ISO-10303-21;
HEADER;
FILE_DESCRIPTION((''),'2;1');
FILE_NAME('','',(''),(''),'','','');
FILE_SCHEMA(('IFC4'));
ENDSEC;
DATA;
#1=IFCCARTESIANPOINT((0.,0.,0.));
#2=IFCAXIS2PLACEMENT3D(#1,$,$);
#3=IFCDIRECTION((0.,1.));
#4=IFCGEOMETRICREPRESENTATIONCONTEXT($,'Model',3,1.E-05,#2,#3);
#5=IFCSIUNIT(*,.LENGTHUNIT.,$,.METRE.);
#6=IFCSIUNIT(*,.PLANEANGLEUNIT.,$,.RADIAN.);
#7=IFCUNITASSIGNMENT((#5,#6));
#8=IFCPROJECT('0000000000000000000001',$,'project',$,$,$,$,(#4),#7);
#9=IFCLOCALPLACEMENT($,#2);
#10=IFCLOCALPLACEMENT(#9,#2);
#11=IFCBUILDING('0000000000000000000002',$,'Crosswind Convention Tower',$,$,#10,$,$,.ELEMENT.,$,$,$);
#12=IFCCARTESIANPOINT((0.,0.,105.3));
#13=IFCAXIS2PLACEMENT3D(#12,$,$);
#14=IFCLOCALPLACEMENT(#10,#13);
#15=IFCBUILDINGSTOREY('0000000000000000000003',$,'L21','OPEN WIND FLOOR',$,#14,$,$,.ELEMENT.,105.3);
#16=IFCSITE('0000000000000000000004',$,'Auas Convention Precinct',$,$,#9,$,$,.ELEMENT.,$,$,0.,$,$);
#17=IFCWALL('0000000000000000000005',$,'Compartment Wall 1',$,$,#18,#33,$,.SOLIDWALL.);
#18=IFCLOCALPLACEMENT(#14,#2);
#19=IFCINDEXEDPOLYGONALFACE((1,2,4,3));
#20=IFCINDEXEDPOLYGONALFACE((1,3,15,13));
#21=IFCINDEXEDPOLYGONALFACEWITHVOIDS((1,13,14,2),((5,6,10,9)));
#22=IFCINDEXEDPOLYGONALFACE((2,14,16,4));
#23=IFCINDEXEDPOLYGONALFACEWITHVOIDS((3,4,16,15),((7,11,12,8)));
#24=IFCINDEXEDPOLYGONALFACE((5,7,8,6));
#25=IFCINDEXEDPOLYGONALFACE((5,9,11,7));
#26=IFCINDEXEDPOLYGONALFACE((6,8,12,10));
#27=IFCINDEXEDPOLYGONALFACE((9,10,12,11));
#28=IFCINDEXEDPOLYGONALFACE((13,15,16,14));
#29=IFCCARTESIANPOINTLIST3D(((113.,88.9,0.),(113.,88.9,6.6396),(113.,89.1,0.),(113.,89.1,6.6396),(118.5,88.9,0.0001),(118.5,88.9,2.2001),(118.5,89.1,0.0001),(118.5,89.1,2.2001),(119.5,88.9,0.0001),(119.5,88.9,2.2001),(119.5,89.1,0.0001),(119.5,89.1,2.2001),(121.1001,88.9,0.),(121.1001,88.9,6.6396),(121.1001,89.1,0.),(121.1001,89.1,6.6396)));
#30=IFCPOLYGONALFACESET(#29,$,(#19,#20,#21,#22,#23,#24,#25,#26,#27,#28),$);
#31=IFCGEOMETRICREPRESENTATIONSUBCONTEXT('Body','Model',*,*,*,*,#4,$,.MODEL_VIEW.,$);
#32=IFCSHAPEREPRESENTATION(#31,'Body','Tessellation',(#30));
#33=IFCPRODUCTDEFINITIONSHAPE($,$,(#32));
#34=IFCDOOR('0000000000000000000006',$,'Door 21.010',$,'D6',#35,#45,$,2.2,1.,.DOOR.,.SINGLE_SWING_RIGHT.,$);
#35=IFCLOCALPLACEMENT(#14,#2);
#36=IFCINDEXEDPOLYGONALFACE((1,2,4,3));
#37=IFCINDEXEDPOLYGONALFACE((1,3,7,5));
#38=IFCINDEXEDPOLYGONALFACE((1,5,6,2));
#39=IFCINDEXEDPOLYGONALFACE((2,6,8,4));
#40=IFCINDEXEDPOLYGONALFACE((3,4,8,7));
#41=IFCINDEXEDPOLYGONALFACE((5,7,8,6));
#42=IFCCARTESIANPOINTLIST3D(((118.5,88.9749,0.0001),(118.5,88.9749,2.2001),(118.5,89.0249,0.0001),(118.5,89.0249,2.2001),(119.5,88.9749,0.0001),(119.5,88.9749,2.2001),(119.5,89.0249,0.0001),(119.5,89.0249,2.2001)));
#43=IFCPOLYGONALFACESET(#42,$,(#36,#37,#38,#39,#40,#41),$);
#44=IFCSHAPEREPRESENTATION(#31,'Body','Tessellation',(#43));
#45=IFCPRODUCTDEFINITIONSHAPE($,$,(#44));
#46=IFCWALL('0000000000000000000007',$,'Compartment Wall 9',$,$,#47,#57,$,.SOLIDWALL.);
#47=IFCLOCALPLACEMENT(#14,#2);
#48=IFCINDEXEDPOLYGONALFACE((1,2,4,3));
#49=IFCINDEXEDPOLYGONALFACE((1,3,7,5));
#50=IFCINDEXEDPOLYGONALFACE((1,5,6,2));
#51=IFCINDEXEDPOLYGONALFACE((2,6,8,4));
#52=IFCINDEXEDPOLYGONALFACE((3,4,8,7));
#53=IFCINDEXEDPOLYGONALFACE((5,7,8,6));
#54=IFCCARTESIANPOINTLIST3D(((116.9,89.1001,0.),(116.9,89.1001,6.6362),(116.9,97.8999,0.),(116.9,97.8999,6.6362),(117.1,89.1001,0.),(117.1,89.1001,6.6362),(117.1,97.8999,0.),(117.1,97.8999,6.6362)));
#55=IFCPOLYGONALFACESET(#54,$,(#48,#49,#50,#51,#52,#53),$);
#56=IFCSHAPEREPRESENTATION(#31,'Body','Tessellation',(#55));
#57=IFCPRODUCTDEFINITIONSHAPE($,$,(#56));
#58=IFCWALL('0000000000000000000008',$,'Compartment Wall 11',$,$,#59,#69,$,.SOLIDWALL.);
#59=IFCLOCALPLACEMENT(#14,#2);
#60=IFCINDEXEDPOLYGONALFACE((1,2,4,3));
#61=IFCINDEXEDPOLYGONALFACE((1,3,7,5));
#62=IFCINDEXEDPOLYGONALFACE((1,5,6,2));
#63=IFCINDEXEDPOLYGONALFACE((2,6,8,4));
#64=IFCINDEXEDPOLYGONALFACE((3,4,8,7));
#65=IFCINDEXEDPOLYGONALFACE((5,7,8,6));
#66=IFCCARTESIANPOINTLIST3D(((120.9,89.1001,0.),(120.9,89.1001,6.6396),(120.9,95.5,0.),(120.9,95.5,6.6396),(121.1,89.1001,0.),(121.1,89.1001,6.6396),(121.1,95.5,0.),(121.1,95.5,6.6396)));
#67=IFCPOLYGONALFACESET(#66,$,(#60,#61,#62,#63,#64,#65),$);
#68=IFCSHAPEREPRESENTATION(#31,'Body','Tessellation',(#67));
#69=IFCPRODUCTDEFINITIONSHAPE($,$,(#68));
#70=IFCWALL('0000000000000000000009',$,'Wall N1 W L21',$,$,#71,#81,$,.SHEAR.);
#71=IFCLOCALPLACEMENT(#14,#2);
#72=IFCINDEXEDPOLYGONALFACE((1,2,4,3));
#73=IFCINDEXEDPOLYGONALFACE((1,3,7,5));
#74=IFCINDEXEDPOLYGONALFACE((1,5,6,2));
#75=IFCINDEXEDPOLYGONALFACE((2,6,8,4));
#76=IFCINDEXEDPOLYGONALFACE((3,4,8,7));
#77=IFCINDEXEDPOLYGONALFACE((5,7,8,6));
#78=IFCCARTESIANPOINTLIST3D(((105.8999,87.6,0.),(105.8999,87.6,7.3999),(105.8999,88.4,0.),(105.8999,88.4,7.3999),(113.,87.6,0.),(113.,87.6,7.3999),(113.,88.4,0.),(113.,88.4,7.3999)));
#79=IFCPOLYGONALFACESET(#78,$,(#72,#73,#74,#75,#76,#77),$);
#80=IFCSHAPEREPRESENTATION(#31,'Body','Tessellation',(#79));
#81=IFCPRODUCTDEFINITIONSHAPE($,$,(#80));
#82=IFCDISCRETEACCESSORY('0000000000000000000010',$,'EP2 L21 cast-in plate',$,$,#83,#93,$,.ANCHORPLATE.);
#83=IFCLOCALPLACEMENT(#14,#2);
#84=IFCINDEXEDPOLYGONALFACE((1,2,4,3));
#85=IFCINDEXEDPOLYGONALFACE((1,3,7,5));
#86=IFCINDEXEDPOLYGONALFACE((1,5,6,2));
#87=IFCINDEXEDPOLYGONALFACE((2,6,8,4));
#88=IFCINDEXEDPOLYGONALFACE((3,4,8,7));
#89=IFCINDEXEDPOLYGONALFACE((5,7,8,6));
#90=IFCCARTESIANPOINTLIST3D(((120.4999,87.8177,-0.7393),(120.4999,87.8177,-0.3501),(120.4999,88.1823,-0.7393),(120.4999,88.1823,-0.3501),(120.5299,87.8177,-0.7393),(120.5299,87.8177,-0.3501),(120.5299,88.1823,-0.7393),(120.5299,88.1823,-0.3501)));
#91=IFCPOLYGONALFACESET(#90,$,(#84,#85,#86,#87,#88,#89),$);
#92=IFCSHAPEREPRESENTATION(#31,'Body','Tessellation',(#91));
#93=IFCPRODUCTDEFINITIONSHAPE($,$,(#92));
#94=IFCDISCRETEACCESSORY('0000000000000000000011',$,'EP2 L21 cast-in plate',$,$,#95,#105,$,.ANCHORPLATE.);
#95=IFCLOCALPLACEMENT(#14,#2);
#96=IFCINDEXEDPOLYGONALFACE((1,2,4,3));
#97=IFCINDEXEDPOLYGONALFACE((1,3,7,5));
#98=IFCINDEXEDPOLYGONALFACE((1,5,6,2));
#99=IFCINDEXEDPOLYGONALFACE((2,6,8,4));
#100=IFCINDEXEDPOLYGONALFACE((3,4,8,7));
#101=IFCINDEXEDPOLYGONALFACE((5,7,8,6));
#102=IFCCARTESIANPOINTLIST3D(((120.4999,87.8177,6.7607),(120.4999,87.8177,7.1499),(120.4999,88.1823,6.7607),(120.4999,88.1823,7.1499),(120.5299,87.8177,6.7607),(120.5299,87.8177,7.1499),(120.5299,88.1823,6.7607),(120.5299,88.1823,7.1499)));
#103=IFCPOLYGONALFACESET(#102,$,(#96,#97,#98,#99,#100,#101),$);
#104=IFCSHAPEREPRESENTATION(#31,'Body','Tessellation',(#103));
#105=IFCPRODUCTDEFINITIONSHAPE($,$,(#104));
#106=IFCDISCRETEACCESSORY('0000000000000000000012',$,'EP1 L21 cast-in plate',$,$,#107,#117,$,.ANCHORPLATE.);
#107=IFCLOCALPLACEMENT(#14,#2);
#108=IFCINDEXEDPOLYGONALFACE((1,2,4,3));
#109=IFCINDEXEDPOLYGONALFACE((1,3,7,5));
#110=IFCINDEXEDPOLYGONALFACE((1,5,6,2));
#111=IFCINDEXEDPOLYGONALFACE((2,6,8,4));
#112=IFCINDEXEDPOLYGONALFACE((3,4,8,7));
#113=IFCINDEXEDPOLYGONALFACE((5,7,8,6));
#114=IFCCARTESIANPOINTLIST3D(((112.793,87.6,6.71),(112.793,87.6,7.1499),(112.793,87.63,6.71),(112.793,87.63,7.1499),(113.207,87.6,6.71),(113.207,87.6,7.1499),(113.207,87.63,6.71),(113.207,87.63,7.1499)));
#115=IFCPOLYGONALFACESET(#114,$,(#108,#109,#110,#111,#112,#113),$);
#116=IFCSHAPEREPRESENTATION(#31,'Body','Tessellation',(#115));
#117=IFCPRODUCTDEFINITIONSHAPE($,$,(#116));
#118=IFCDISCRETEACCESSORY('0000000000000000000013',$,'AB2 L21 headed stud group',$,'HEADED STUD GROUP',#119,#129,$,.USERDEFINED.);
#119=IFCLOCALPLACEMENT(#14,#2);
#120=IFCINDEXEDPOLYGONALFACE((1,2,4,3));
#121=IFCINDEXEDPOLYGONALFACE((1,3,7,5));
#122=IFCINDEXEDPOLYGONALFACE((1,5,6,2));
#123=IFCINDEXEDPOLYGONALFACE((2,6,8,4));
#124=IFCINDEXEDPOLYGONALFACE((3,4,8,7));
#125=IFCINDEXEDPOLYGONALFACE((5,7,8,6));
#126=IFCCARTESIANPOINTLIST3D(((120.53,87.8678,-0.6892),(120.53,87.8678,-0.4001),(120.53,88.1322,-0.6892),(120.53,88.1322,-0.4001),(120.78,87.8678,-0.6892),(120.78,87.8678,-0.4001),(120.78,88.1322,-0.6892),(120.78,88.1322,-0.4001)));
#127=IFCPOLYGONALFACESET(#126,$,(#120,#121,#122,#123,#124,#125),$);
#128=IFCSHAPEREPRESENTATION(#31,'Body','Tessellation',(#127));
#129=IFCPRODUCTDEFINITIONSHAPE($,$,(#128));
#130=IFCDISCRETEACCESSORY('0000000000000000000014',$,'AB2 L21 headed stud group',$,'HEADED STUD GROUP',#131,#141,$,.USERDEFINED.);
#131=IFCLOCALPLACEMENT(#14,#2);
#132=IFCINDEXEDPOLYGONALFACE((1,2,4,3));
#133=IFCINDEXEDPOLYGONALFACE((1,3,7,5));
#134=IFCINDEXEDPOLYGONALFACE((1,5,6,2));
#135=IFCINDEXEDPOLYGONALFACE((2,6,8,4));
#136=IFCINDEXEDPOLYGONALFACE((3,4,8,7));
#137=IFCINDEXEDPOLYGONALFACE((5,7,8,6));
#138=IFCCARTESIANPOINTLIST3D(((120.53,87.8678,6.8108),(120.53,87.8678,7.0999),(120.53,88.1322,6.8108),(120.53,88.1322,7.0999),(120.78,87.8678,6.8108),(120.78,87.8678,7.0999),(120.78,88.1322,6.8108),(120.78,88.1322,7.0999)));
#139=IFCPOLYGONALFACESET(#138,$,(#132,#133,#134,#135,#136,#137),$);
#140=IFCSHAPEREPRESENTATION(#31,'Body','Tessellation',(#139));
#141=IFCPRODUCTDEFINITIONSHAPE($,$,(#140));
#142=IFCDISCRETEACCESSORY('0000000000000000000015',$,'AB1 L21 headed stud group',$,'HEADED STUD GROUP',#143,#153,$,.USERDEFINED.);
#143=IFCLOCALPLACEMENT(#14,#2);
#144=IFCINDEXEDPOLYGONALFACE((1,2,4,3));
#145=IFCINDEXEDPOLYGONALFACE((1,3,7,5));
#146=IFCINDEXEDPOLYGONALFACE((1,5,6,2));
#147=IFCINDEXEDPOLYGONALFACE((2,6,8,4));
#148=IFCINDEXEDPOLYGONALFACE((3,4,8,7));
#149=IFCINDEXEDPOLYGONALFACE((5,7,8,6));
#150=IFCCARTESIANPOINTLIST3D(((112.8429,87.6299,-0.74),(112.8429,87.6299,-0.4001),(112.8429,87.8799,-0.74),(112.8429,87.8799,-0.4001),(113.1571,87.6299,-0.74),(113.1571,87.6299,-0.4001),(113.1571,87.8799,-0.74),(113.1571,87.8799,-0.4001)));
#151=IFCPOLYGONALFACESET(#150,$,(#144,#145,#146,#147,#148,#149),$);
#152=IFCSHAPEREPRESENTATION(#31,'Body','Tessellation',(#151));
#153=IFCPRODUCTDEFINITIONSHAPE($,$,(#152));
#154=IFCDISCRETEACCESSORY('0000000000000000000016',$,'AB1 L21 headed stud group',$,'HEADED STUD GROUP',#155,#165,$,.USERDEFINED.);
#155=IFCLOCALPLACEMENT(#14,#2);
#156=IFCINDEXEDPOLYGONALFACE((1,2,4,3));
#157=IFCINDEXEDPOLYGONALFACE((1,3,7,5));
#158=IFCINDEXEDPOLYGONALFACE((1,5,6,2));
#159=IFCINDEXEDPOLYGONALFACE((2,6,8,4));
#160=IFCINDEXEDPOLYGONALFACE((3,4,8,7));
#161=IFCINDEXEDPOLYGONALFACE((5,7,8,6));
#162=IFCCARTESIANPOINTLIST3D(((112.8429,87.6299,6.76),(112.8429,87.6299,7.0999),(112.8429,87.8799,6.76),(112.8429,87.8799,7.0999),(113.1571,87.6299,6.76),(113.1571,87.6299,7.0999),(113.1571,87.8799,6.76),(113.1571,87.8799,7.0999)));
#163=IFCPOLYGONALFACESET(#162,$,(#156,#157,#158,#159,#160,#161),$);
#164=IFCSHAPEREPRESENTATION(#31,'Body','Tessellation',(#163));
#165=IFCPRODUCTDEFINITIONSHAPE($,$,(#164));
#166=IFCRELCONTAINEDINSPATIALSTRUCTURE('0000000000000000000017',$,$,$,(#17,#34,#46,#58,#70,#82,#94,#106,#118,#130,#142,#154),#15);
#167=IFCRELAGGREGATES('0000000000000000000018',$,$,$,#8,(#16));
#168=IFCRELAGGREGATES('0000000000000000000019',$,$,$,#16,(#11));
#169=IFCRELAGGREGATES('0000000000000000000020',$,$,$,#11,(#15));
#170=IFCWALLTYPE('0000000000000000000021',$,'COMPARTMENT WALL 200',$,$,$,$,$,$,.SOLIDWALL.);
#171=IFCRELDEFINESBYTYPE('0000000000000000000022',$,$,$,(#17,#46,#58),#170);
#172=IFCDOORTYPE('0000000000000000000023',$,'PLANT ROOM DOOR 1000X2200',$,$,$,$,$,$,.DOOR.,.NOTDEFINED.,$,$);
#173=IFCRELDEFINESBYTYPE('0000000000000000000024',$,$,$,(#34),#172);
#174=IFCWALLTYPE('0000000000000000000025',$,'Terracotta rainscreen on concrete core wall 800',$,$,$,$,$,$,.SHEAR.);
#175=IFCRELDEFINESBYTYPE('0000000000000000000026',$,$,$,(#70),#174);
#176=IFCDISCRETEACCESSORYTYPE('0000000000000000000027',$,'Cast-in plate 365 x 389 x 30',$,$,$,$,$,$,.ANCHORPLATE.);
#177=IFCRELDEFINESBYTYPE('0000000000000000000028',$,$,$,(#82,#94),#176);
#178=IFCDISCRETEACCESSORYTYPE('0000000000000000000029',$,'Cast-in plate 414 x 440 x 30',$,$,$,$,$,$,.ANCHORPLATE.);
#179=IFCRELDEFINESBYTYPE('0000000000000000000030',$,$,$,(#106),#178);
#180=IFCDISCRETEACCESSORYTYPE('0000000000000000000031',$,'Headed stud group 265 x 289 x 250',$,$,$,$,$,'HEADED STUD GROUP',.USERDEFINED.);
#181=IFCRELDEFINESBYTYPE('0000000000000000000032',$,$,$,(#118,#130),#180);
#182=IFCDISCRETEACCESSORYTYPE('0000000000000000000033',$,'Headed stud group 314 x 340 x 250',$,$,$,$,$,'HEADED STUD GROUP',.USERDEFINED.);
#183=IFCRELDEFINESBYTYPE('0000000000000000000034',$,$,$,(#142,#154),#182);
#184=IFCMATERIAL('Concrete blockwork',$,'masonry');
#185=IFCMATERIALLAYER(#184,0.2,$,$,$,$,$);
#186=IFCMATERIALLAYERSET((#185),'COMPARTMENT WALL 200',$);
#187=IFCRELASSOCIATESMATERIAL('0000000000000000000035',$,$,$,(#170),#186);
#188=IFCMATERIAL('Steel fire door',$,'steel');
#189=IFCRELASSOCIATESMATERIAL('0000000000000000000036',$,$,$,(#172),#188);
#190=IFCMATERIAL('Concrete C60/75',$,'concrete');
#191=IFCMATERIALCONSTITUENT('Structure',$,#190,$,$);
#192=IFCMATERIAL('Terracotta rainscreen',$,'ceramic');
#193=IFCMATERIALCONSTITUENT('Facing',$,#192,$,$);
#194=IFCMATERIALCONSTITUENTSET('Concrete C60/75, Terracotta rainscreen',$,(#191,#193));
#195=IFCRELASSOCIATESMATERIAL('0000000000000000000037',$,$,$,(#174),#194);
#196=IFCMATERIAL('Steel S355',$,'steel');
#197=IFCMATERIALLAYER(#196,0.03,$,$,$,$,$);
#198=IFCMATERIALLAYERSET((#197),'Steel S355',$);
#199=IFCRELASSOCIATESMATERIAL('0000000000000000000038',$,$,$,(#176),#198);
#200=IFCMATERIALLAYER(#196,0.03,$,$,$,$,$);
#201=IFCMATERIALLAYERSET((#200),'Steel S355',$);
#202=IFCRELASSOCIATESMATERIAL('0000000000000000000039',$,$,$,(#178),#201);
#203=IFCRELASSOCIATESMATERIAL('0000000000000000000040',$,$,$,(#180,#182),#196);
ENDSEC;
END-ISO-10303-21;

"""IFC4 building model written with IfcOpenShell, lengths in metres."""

from ifc_helpers import new_model, si_unit, direction, frame, frame_2d, origin, origin_2d, place, context, subcontext, project, spatial, rectangle, extrude, material, layer, layer_set, constituent, constituent_set, type_object, element, fill, save


model = new_model("IFC4")

# Units and contexts
model_context = context("Model", 3, precision=1e-05, world=origin(), true_north=direction((0.0, 1.0)))
body_context = subcontext(model_context, "Body", "Model", "MODEL_VIEW")
ifc_project = project(units=[si_unit("LENGTHUNIT", "METRE"), si_unit("PLANEANGLEUNIT", "RADIAN")], contexts=[model_context])

# Site, building, storey
site_placement = place(None, origin())
site = spatial("IfcSite", under=ifc_project, at=site_placement, Name="Auas Convention Precinct", CompositionType="ELEMENT", RefElevation=0.0)
building_placement = place(site_placement, origin())
building = spatial("IfcBuilding", under=site, at=building_placement, Name="Crosswind Convention Tower", CompositionType="ELEMENT")
storey_placement = place(building_placement, frame((0.0, 0.0, 105.3)))
storey = spatial("IfcBuildingStorey", under=building, at=storey_placement, Name="L21", Description="OPEN WIND FLOOR", CompositionType="ELEMENT", Elevation=105.3)

# Shared definitions
ifc_material_1 = material(Name="Steel S355", Category="steel")

# Wall, opening, door
ifc_material_2 = material(Name="Concrete blockwork", Category="masonry")
ifc_layer_1 = layer(ifc_material_2, 0.2)
ifc_layer_set_1 = layer_set([ifc_layer_1], Name="COMPARTMENT WALL 200")
wall_type_1 = type_object("IfcWallType", Name="COMPARTMENT WALL 200", PredefinedType="SOLIDWALL", material=ifc_layer_set_1)
wall_1_placement = place(storey_placement, frame((113.0, 89.0, 0.0), z_axis=(0.0, 0.0, 1.0), x_axis=(1.0, 0.0, 0.0)))
wall_1 = element("IfcWall", 1, at=wall_1_placement, inside=storey, type_object=wall_type_1, Name="Compartment Wall 1", PredefinedType="SOLIDWALL", context=body_context, shape_type="SweptSolid", body=[
    extrude(rectangle(XDim=8.1001, YDim=0.2, at=frame_2d((4.05, 0.0))), origin(), (0.0, 0.0, 1.0), 6.6396),
])
opening_placement = place(wall_1_placement, frame((5.5, 0.0, 0.0)))
opening = element("IfcOpeningElement", 2, at=opening_placement, cuts=wall_1, PredefinedType="OPENING", context=body_context, shape_type="SweptSolid", body=[
    extrude(rectangle(XDim=1.0, YDim=2.2, at=frame_2d((0.5, 1.1001))), frame((0.0, 0.1099, 0.0), z_axis=(0.0, -1.0, 0.0), x_axis=(1.0, 0.0, 0.0)), (0.0, 0.0, 1.0), 0.22),
])
ifc_material_3 = material(Name="Steel fire door", Category="steel")
door_type = type_object("IfcDoorType", Name="PLANT ROOM DOOR 1000X2200", OperationType="NOTDEFINED", PredefinedType="DOOR", material=ifc_material_3)
door_placement = place(opening_placement, origin())
door = element("IfcDoor", 3, at=door_placement, inside=storey, type_object=door_type, Name="Door 21.010", ObjectType="D6", OperationType="SINGLE_SWING_RIGHT", OverallHeight=2.2, OverallWidth=1.0, PredefinedType="DOOR", context=body_context, shape_type="SweptSolid", body=[
    extrude(rectangle(XDim=1.0, YDim=2.2, at=frame_2d((0.5, 1.1001))), frame((0.0, 0.0249, 0.0), z_axis=(0.0, -1.0, 0.0), x_axis=(1.0, 0.0, 0.0)), (0.0, 0.0, 1.0), 0.05),
])
fill(opening, door)

# Walls
wall_2_placement = place(storey_placement, frame((117.0, 89.1001, 0.0), z_axis=(0.0, 0.0, 1.0), x_axis=(0.0, 1.0, 0.0)))
element("IfcWall", 4, at=wall_2_placement, inside=storey, type_object=wall_type_1, Name="Compartment Wall 9", PredefinedType="SOLIDWALL", context=body_context, shape_type="SweptSolid", body=[
    extrude(rectangle(XDim=8.7998, YDim=0.2, at=frame_2d((4.3999, 0.0))), origin(), (0.0, 0.0, 1.0), 6.6362),
])
wall_3_placement = place(storey_placement, frame((121.0, 89.1001, 0.0), z_axis=(0.0, 0.0, 1.0), x_axis=(0.0, 1.0, 0.0)))
element("IfcWall", 5, at=wall_3_placement, inside=storey, type_object=wall_type_1, Name="Compartment Wall 11", PredefinedType="SOLIDWALL", context=body_context, shape_type="SweptSolid", body=[
    extrude(rectangle(XDim=6.3999, YDim=0.2, at=frame_2d((3.2, 0.0))), origin(), (0.0, 0.0, 1.0), 6.6396),
])
ifc_material_4 = material(Name="Concrete C60/75", Category="concrete")
ifc_constituent_1 = constituent(ifc_material_4, Name="Structure")
ifc_material_5 = material(Name="Terracotta rainscreen", Category="ceramic")
ifc_constituent_2 = constituent(ifc_material_5, Name="Facing")
ifc_constituent_set = constituent_set(constituents=[ifc_constituent_1, ifc_constituent_2], Name="Concrete C60/75, Terracotta rainscreen")
wall_type_2 = type_object("IfcWallType", Name="Terracotta rainscreen on concrete core wall 800", PredefinedType="SHEAR", material=ifc_constituent_set)
wall_4_placement = place(storey_placement, frame((113.0, 88.0, 0.0), z_axis=(0.0, 0.0, 1.0), x_axis=(-1.0, 0.0, 0.0)))
element("IfcWall", 6, at=wall_4_placement, inside=storey, type_object=wall_type_2, Name="Wall N1 W L21", PredefinedType="SHEAR", context=body_context, shape_type="SweptSolid", body=[
    extrude(rectangle(XDim=7.1001, YDim=0.8, at=frame_2d((3.55, 0.0))), origin(), (0.0, 0.0, 1.0), 7.3999),
])

# Discrete accessories
ifc_layer_2 = layer(ifc_material_1, 0.03)
ifc_layer_set_2 = layer_set([ifc_layer_2], Name="Steel S355")
discrete_accessory_type_1 = type_object("IfcDiscreteAccessoryType", Name="Cast-in plate 365 x 389 x 30", PredefinedType="ANCHORPLATE", material=ifc_layer_set_2)
for number, where, z_axis, x_axis, name in (
    (7, (120.5149, 88.0, -0.7393), (0.0, 0.0, 1.0), (1.0, 0.0, 0.0), "EP2 L21 cast-in plate"),
    (8, (120.5149, 88.0, 6.7607), (0.0, 0.0, 1.0), (1.0, 0.0, 0.0), "EP2 L21 cast-in plate"),
):
    element("IfcDiscreteAccessory", number, at=place(storey_placement, frame(where, z_axis=z_axis, x_axis=x_axis)), inside=storey, type_object=discrete_accessory_type_1, Name=name, PredefinedType="ANCHORPLATE", context=body_context, shape_type="SweptSolid", body=[
        extrude(rectangle(XDim=0.03, YDim=0.3645, at=origin_2d()), origin(), (0.0, 0.0, 1.0), 0.3892),
    ])
ifc_layer_3 = layer(ifc_material_1, 0.03)
ifc_layer_set_3 = layer_set([ifc_layer_3], Name="Steel S355")
discrete_accessory_type_2 = type_object("IfcDiscreteAccessoryType", Name="Cast-in plate 414 x 440 x 30", PredefinedType="ANCHORPLATE", material=ifc_layer_set_3)
discrete_accessory_placement = place(storey_placement, frame((113.0, 87.615, 6.71), z_axis=(0.0, 0.0, 1.0), x_axis=(1.0, 0.0, 0.0)))
element("IfcDiscreteAccessory", 9, at=discrete_accessory_placement, inside=storey, type_object=discrete_accessory_type_2, Name="EP1 L21 cast-in plate", PredefinedType="ANCHORPLATE", context=body_context, shape_type="SweptSolid", body=[
    extrude(rectangle(XDim=0.4141, YDim=0.03, at=origin_2d()), origin(), (0.0, 0.0, 1.0), 0.4399),
])
discrete_accessory_type_3 = type_object("IfcDiscreteAccessoryType", Name="Headed stud group 265 x 289 x 250", ElementType="HEADED STUD GROUP", PredefinedType="USERDEFINED", material=ifc_material_1)
for number, where, z_axis, x_axis, name in (
    (10, (120.655, 88.0, -0.6892), (0.0, 0.0, 1.0), (1.0, 0.0, 0.0), "AB2 L21 headed stud group"),
    (11, (120.655, 88.0, 6.8108), (0.0, 0.0, 1.0), (1.0, 0.0, 0.0), "AB2 L21 headed stud group"),
):
    element("IfcDiscreteAccessory", number, at=place(storey_placement, frame(where, z_axis=z_axis, x_axis=x_axis)), inside=storey, type_object=discrete_accessory_type_3, Name=name, ObjectType="HEADED STUD GROUP", PredefinedType="USERDEFINED", context=body_context, shape_type="SweptSolid", body=[
        extrude(rectangle(XDim=0.25, YDim=0.2644, at=origin_2d()), origin(), (0.0, 0.0, 1.0), 0.2891),
    ])
discrete_accessory_type_4 = type_object("IfcDiscreteAccessoryType", Name="Headed stud group 314 x 340 x 250", ElementType="HEADED STUD GROUP", PredefinedType="USERDEFINED", material=ifc_material_1)
for number, where, z_axis, x_axis, name in (
    (12, (113.0, 87.7549, -0.74), (0.0, 0.0, 1.0), (1.0, 0.0, 0.0), "AB1 L21 headed stud group"),
    (13, (113.0, 87.7549, 6.76), (0.0, 0.0, 1.0), (1.0, 0.0, 0.0), "AB1 L21 headed stud group"),
):
    element("IfcDiscreteAccessory", number, at=place(storey_placement, frame(where, z_axis=z_axis, x_axis=x_axis)), inside=storey, type_object=discrete_accessory_type_4, Name=name, ObjectType="HEADED STUD GROUP", PredefinedType="USERDEFINED", context=body_context, shape_type="SweptSolid", body=[
        extrude(rectangle(XDim=0.3142, YDim=0.25, at=origin_2d()), origin(), (0.0, 0.0, 1.0), 0.3398),
    ])

save(model, "model.ifc")
